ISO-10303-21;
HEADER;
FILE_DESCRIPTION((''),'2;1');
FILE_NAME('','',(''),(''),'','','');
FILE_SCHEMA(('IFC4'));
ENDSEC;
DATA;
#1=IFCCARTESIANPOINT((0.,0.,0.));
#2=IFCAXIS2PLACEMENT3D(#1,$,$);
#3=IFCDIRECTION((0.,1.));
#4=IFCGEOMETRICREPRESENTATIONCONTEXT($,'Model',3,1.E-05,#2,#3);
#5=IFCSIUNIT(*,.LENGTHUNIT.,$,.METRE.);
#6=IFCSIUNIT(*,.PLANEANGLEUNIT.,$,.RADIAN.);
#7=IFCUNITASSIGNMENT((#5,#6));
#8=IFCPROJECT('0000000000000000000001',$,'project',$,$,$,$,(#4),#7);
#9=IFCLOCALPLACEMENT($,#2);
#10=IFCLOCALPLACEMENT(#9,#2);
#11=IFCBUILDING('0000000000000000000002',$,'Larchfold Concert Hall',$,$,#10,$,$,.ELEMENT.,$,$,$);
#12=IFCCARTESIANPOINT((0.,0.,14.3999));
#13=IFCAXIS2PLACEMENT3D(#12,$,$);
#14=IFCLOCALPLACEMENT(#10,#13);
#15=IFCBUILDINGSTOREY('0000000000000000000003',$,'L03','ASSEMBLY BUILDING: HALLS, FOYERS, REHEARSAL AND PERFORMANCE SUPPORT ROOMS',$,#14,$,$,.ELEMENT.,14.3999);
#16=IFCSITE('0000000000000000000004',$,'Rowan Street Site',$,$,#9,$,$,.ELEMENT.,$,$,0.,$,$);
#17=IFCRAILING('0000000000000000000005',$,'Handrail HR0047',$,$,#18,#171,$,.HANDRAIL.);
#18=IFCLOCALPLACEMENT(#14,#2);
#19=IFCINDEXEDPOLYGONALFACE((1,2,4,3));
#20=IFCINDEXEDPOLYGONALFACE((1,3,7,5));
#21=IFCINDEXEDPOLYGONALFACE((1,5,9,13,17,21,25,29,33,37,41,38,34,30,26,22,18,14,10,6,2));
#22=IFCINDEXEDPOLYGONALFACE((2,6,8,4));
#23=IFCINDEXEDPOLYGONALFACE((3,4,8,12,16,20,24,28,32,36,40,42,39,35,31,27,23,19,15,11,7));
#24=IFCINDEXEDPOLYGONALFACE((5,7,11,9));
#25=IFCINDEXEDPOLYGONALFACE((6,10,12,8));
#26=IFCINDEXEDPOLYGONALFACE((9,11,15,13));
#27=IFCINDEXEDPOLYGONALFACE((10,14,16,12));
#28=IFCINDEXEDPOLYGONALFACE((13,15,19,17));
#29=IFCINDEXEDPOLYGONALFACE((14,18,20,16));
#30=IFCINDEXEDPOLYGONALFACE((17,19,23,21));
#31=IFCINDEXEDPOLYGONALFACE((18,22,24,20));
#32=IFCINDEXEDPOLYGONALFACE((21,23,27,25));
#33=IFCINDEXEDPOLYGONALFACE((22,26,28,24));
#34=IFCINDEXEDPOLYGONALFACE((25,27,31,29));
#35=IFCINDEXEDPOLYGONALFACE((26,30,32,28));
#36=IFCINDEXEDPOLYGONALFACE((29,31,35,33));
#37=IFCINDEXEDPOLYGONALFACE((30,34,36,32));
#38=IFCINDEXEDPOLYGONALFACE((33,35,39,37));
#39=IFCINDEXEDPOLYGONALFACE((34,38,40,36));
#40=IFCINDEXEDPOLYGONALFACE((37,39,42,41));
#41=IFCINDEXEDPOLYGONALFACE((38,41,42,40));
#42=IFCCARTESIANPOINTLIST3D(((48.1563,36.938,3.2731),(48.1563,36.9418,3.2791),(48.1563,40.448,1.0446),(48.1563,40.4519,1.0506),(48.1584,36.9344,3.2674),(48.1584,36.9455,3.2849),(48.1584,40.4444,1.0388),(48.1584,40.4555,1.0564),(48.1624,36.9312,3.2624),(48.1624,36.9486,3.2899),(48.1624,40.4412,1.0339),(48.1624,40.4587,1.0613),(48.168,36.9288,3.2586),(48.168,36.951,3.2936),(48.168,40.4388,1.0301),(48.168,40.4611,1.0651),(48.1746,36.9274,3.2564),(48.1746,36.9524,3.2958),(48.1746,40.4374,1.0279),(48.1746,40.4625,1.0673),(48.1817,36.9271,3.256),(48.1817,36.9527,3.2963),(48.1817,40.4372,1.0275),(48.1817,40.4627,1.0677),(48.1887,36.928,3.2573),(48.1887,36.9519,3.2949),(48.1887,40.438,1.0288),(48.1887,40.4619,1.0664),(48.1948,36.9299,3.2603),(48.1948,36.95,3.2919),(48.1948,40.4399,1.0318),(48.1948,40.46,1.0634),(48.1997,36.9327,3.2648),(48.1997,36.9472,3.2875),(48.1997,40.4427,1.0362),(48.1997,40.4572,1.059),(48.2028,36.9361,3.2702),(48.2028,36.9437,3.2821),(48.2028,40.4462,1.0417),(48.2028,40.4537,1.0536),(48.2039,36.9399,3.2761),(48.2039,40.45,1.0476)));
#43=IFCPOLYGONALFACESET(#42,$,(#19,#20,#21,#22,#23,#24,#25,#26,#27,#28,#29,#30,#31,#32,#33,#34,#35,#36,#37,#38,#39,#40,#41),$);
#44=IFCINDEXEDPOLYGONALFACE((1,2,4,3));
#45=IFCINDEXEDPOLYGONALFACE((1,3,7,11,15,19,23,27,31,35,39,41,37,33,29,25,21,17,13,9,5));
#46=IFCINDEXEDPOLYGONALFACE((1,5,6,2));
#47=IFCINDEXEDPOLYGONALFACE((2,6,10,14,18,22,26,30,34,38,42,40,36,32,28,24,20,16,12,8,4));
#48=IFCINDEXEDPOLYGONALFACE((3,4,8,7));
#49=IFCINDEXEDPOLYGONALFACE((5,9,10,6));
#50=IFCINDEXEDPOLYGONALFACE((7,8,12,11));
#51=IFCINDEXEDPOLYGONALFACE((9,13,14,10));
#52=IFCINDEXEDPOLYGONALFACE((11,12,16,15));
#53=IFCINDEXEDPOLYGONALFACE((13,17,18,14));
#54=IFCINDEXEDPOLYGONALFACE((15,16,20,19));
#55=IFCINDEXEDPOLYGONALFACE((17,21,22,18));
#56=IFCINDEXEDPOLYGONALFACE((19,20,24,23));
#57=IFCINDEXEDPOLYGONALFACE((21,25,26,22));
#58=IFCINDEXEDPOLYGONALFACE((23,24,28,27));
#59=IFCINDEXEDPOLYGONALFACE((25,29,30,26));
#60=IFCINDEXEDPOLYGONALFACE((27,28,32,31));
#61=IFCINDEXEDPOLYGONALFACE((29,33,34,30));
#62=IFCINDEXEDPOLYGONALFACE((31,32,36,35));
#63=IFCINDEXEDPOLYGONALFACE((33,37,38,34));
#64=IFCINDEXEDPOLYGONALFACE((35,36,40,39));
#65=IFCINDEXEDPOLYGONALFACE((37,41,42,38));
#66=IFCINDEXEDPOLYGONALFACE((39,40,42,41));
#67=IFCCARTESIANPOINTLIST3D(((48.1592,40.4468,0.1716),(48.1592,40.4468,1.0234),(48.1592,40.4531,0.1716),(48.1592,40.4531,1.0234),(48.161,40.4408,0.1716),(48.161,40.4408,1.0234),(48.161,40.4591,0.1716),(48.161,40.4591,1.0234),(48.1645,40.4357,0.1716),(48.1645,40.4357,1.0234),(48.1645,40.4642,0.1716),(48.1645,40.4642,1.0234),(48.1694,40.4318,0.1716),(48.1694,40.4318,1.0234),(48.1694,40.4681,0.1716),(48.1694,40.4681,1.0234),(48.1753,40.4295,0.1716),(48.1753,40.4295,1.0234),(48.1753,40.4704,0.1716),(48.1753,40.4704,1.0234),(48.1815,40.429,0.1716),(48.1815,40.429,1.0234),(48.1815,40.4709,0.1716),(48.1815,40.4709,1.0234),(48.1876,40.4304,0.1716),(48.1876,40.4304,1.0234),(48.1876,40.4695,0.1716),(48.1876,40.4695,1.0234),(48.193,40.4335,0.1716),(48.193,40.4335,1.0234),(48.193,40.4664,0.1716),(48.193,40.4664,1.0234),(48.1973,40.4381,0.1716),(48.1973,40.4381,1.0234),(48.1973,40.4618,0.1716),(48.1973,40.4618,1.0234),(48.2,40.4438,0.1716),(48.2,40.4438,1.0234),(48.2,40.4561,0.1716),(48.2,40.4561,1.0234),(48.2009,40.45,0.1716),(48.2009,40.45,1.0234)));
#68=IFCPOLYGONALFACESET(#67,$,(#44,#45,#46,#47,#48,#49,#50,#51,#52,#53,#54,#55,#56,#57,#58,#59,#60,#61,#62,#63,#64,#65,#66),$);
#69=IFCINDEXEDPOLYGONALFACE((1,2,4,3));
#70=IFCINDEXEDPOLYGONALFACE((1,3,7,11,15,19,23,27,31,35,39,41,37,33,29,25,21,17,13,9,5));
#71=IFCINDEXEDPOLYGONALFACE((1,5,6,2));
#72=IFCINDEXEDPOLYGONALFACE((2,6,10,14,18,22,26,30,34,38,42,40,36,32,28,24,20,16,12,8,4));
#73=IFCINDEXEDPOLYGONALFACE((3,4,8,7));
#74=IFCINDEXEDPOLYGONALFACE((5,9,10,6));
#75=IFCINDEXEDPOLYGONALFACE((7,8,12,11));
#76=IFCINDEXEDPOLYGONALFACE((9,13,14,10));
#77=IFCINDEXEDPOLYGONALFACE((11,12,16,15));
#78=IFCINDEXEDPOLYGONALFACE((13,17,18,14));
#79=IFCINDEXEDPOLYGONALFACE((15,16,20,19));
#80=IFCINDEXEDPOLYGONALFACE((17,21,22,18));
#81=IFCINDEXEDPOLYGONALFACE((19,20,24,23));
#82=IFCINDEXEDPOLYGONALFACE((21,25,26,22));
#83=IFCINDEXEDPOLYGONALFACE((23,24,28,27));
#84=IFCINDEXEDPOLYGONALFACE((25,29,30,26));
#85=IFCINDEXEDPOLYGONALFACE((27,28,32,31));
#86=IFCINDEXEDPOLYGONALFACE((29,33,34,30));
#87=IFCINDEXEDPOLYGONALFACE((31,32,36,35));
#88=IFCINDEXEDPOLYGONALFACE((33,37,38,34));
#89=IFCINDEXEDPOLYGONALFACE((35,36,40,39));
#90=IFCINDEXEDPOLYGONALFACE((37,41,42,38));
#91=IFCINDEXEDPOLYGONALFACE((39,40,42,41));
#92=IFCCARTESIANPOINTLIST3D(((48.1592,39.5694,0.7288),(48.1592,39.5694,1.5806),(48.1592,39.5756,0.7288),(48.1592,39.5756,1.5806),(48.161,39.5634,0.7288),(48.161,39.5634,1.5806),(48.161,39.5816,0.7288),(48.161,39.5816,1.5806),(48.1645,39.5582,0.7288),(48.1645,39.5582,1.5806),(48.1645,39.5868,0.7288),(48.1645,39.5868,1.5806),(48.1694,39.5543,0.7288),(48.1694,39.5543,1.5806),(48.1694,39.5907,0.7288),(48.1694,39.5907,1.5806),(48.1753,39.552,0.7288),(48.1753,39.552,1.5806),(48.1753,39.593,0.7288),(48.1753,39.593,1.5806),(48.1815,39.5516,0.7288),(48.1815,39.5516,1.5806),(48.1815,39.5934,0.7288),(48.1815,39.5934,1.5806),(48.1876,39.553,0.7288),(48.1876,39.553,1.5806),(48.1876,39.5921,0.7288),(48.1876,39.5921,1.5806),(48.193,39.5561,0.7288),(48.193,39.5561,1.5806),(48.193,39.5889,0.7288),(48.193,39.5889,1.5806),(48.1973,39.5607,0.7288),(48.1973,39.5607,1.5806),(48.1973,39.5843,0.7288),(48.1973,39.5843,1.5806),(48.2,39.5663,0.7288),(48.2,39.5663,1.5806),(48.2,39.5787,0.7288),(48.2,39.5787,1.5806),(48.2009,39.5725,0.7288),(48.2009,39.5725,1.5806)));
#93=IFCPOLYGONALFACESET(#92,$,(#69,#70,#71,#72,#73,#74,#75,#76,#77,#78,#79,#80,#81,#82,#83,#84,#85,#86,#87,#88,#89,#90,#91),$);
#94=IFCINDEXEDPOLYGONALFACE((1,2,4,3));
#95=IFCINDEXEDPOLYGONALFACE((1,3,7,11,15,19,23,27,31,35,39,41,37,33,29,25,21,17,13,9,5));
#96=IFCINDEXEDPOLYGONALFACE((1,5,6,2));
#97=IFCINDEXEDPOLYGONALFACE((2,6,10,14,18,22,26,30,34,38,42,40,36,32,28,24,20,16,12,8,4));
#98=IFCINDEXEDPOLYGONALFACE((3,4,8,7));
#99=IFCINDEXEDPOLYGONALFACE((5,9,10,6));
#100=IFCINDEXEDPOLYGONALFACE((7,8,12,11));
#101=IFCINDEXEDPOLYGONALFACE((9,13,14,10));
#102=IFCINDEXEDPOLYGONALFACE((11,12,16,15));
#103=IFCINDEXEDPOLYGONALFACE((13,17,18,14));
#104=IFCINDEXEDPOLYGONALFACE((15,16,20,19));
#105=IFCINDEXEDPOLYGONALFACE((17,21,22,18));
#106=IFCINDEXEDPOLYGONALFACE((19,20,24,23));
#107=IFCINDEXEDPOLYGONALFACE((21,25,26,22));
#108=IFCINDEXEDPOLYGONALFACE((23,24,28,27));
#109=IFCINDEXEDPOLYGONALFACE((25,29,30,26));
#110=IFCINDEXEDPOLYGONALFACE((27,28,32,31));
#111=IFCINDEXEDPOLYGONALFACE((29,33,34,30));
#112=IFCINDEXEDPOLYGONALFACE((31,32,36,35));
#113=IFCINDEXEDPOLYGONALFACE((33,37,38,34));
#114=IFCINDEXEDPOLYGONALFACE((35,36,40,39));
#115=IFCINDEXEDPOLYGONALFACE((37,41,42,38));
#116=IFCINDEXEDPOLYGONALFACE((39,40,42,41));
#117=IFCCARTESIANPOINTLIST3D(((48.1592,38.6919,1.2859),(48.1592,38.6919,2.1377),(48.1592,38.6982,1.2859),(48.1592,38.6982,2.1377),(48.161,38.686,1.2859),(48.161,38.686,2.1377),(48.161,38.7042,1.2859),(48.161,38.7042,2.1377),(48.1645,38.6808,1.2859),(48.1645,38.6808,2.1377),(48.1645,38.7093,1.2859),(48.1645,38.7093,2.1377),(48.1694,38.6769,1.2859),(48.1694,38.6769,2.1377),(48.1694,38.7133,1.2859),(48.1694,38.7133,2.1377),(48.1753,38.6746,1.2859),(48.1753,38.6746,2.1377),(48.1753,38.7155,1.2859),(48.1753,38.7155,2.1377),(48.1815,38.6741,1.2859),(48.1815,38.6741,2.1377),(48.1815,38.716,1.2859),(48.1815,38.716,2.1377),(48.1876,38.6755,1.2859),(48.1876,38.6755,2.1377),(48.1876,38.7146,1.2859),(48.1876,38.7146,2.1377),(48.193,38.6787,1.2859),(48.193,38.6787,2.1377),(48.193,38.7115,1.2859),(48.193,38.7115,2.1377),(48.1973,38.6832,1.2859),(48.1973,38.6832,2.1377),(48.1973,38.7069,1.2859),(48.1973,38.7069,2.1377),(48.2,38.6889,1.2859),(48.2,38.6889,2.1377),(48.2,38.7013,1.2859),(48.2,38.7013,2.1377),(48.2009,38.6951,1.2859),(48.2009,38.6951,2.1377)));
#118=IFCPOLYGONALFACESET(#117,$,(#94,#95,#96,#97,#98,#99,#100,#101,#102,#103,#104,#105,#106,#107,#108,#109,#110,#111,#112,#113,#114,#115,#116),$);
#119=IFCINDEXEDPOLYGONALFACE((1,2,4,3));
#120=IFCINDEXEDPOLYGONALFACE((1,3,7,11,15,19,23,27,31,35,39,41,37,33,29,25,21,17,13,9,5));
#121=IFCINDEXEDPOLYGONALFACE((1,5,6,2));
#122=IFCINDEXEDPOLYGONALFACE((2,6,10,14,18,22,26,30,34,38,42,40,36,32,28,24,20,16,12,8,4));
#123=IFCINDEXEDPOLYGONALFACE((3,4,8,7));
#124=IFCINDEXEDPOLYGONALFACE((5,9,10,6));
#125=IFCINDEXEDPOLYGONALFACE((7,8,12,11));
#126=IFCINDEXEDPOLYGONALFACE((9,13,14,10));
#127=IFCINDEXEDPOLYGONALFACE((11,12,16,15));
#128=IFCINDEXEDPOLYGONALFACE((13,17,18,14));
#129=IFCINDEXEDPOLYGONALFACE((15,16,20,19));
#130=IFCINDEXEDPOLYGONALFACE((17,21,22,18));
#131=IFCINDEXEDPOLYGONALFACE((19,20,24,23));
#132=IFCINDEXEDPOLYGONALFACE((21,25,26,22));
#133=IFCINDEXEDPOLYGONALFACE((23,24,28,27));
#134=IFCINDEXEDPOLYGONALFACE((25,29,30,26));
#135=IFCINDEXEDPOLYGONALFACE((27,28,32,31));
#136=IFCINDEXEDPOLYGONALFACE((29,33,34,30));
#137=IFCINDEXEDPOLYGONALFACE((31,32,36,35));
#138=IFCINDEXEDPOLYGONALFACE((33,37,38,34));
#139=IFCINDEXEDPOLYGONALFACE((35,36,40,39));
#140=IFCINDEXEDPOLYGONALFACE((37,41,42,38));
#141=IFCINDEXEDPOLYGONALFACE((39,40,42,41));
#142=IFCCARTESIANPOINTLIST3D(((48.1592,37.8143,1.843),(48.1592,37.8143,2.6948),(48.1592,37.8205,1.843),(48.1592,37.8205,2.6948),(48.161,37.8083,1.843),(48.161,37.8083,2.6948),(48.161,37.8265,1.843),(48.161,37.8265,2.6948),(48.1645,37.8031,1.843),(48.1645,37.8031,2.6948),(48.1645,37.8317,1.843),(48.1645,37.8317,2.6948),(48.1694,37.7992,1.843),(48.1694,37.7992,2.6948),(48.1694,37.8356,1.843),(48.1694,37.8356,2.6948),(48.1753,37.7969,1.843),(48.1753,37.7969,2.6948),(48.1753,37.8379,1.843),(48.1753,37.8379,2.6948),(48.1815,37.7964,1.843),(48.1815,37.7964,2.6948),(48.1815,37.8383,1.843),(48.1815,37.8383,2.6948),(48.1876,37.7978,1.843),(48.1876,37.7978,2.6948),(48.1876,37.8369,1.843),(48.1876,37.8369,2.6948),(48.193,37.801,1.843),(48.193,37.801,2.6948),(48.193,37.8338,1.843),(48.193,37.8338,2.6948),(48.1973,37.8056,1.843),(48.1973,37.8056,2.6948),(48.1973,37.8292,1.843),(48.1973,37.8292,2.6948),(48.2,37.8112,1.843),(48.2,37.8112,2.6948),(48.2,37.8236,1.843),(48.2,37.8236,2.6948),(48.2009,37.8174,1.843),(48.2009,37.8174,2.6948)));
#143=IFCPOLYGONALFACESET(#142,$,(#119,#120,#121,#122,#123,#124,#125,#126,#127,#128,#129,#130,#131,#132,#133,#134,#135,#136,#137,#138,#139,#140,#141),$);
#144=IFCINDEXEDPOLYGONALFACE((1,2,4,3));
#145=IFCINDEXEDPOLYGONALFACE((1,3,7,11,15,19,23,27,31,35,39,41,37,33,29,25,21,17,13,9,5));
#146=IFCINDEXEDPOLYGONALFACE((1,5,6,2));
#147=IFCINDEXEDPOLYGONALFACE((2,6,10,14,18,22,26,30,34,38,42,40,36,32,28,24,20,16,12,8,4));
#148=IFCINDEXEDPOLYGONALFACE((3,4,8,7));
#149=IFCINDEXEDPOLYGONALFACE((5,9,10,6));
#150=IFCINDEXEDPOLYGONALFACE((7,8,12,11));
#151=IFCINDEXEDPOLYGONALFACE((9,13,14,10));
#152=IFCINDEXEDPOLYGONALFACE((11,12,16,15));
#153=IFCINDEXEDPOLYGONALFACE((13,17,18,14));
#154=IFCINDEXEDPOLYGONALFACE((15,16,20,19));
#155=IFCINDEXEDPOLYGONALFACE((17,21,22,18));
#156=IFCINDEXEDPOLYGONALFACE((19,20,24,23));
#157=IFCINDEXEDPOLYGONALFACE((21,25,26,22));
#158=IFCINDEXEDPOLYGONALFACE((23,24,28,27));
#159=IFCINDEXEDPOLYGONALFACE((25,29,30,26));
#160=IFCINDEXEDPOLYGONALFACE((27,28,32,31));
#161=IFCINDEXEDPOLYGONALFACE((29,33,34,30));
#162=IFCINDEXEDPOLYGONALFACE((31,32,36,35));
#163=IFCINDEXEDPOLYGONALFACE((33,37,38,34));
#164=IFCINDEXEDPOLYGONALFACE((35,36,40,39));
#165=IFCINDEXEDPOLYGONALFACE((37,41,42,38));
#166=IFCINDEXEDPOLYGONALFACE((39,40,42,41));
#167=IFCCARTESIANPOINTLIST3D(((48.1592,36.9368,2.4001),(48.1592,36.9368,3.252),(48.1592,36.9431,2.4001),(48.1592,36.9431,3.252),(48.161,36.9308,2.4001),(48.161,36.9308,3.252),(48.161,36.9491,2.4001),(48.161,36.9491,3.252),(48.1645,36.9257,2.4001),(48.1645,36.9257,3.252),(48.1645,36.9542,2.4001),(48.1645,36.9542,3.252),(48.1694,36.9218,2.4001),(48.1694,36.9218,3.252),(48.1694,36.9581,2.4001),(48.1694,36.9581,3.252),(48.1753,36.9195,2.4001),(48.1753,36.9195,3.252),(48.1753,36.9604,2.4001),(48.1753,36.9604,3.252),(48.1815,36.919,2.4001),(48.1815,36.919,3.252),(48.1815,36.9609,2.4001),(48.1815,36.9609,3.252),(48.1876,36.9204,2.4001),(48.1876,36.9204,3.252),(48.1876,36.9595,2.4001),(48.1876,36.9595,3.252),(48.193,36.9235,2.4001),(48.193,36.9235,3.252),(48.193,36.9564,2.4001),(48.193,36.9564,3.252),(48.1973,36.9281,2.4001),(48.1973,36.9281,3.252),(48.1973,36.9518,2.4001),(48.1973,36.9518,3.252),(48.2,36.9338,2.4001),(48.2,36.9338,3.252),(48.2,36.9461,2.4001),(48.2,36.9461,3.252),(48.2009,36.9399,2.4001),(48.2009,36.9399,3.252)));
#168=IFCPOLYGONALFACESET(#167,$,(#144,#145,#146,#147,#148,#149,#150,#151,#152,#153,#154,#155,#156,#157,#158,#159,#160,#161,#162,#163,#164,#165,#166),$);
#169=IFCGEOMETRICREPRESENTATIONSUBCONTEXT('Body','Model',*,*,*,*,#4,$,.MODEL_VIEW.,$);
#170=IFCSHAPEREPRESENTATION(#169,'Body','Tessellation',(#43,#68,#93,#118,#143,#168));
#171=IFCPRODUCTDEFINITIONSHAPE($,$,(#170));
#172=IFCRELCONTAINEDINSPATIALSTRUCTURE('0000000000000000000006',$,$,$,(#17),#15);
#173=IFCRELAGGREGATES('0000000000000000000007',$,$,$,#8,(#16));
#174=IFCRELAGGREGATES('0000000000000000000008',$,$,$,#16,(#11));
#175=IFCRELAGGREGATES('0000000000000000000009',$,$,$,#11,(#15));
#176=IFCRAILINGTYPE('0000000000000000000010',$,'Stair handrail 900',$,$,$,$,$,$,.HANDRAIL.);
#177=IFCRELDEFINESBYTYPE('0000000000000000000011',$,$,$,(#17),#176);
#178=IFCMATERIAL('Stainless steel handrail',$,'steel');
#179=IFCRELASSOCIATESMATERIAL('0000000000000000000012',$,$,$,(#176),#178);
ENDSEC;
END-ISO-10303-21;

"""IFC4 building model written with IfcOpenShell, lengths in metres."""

from ifc_helpers import new_model, si_unit, direction, frame, origin, origin_2d, place, context, subcontext, project, spatial, circle, extrude, material, type_object, element, save


model = new_model("IFC4")

# Units and contexts
model_context = context("Model", 3, precision=1e-05, world=origin(), true_north=direction((0.0, 1.0)))
body_context = subcontext(model_context, "Body", "Model", "MODEL_VIEW")
ifc_project = project(units=[si_unit("LENGTHUNIT", "METRE"), si_unit("PLANEANGLEUNIT", "RADIAN")], contexts=[model_context])

# Site, building, storey
site_placement = place(None, origin())
site = spatial("IfcSite", under=ifc_project, at=site_placement, Name="Rowan Street Site", CompositionType="ELEMENT", RefElevation=0.0)
building_placement = place(site_placement, origin())
building = spatial("IfcBuilding", under=site, at=building_placement, Name="Larchfold Concert Hall", CompositionType="ELEMENT")
storey_placement = place(building_placement, frame((0.0, 0.0, 14.3999)))
storey = spatial("IfcBuildingStorey", under=building, at=storey_placement, Name="L03", Description="ASSEMBLY BUILDING: HALLS, FOYERS, REHEARSAL AND PERFORMANCE SUPPORT ROOMS", CompositionType="ELEMENT", Elevation=14.3999)

# Railing
ifc_material_1 = material(Name="Stainless steel handrail", Category="steel")
railing_type_1 = type_object("IfcRailingType", Name="Stair handrail 900", PredefinedType="HANDRAIL", material=ifc_material_1)
railing_1_placement = place(storey_placement, frame((48.1799, 40.45, 0.1716)))
element("IfcRailing", 1, at=railing_1_placement, inside=storey, type_object=railing_type_1, Name="Handrail HR0047", PredefinedType="HANDRAIL", context=body_context, shape_type="SweptSolid", body=[
    extrude(circle(Radius=0.0239, at=origin_2d()), frame((0.0, 0.0, 0.876), z_axis=(0.0, -0.84422, 0.535998), x_axis=(1.0, 0.0, 0.0)), (0.0, 0.0, 1.0), 4.1577),
    extrude(circle(Radius=0.021, at=origin_2d()), origin(), (0.0, 0.0, 1.0), 0.8518),
    extrude(circle(Radius=0.021, at=origin_2d()), frame((0.0, -0.8774, 0.5571)), (0.0, 0.0, 1.0), 0.8518),
    extrude(circle(Radius=0.021, at=origin_2d()), frame((0.0, -1.7549, 1.1143)), (0.0, 0.0, 1.0), 0.8518),
    extrude(circle(Radius=0.021, at=origin_2d()), frame((0.0, -2.6326, 1.6714)), (0.0, 0.0, 1.0), 0.8518),
    extrude(circle(Radius=0.021, at=origin_2d()), frame((0.0, -3.51, 2.2285)), (0.0, 0.0, 1.0), 0.8518),
])

save(model, "model.ifc")
